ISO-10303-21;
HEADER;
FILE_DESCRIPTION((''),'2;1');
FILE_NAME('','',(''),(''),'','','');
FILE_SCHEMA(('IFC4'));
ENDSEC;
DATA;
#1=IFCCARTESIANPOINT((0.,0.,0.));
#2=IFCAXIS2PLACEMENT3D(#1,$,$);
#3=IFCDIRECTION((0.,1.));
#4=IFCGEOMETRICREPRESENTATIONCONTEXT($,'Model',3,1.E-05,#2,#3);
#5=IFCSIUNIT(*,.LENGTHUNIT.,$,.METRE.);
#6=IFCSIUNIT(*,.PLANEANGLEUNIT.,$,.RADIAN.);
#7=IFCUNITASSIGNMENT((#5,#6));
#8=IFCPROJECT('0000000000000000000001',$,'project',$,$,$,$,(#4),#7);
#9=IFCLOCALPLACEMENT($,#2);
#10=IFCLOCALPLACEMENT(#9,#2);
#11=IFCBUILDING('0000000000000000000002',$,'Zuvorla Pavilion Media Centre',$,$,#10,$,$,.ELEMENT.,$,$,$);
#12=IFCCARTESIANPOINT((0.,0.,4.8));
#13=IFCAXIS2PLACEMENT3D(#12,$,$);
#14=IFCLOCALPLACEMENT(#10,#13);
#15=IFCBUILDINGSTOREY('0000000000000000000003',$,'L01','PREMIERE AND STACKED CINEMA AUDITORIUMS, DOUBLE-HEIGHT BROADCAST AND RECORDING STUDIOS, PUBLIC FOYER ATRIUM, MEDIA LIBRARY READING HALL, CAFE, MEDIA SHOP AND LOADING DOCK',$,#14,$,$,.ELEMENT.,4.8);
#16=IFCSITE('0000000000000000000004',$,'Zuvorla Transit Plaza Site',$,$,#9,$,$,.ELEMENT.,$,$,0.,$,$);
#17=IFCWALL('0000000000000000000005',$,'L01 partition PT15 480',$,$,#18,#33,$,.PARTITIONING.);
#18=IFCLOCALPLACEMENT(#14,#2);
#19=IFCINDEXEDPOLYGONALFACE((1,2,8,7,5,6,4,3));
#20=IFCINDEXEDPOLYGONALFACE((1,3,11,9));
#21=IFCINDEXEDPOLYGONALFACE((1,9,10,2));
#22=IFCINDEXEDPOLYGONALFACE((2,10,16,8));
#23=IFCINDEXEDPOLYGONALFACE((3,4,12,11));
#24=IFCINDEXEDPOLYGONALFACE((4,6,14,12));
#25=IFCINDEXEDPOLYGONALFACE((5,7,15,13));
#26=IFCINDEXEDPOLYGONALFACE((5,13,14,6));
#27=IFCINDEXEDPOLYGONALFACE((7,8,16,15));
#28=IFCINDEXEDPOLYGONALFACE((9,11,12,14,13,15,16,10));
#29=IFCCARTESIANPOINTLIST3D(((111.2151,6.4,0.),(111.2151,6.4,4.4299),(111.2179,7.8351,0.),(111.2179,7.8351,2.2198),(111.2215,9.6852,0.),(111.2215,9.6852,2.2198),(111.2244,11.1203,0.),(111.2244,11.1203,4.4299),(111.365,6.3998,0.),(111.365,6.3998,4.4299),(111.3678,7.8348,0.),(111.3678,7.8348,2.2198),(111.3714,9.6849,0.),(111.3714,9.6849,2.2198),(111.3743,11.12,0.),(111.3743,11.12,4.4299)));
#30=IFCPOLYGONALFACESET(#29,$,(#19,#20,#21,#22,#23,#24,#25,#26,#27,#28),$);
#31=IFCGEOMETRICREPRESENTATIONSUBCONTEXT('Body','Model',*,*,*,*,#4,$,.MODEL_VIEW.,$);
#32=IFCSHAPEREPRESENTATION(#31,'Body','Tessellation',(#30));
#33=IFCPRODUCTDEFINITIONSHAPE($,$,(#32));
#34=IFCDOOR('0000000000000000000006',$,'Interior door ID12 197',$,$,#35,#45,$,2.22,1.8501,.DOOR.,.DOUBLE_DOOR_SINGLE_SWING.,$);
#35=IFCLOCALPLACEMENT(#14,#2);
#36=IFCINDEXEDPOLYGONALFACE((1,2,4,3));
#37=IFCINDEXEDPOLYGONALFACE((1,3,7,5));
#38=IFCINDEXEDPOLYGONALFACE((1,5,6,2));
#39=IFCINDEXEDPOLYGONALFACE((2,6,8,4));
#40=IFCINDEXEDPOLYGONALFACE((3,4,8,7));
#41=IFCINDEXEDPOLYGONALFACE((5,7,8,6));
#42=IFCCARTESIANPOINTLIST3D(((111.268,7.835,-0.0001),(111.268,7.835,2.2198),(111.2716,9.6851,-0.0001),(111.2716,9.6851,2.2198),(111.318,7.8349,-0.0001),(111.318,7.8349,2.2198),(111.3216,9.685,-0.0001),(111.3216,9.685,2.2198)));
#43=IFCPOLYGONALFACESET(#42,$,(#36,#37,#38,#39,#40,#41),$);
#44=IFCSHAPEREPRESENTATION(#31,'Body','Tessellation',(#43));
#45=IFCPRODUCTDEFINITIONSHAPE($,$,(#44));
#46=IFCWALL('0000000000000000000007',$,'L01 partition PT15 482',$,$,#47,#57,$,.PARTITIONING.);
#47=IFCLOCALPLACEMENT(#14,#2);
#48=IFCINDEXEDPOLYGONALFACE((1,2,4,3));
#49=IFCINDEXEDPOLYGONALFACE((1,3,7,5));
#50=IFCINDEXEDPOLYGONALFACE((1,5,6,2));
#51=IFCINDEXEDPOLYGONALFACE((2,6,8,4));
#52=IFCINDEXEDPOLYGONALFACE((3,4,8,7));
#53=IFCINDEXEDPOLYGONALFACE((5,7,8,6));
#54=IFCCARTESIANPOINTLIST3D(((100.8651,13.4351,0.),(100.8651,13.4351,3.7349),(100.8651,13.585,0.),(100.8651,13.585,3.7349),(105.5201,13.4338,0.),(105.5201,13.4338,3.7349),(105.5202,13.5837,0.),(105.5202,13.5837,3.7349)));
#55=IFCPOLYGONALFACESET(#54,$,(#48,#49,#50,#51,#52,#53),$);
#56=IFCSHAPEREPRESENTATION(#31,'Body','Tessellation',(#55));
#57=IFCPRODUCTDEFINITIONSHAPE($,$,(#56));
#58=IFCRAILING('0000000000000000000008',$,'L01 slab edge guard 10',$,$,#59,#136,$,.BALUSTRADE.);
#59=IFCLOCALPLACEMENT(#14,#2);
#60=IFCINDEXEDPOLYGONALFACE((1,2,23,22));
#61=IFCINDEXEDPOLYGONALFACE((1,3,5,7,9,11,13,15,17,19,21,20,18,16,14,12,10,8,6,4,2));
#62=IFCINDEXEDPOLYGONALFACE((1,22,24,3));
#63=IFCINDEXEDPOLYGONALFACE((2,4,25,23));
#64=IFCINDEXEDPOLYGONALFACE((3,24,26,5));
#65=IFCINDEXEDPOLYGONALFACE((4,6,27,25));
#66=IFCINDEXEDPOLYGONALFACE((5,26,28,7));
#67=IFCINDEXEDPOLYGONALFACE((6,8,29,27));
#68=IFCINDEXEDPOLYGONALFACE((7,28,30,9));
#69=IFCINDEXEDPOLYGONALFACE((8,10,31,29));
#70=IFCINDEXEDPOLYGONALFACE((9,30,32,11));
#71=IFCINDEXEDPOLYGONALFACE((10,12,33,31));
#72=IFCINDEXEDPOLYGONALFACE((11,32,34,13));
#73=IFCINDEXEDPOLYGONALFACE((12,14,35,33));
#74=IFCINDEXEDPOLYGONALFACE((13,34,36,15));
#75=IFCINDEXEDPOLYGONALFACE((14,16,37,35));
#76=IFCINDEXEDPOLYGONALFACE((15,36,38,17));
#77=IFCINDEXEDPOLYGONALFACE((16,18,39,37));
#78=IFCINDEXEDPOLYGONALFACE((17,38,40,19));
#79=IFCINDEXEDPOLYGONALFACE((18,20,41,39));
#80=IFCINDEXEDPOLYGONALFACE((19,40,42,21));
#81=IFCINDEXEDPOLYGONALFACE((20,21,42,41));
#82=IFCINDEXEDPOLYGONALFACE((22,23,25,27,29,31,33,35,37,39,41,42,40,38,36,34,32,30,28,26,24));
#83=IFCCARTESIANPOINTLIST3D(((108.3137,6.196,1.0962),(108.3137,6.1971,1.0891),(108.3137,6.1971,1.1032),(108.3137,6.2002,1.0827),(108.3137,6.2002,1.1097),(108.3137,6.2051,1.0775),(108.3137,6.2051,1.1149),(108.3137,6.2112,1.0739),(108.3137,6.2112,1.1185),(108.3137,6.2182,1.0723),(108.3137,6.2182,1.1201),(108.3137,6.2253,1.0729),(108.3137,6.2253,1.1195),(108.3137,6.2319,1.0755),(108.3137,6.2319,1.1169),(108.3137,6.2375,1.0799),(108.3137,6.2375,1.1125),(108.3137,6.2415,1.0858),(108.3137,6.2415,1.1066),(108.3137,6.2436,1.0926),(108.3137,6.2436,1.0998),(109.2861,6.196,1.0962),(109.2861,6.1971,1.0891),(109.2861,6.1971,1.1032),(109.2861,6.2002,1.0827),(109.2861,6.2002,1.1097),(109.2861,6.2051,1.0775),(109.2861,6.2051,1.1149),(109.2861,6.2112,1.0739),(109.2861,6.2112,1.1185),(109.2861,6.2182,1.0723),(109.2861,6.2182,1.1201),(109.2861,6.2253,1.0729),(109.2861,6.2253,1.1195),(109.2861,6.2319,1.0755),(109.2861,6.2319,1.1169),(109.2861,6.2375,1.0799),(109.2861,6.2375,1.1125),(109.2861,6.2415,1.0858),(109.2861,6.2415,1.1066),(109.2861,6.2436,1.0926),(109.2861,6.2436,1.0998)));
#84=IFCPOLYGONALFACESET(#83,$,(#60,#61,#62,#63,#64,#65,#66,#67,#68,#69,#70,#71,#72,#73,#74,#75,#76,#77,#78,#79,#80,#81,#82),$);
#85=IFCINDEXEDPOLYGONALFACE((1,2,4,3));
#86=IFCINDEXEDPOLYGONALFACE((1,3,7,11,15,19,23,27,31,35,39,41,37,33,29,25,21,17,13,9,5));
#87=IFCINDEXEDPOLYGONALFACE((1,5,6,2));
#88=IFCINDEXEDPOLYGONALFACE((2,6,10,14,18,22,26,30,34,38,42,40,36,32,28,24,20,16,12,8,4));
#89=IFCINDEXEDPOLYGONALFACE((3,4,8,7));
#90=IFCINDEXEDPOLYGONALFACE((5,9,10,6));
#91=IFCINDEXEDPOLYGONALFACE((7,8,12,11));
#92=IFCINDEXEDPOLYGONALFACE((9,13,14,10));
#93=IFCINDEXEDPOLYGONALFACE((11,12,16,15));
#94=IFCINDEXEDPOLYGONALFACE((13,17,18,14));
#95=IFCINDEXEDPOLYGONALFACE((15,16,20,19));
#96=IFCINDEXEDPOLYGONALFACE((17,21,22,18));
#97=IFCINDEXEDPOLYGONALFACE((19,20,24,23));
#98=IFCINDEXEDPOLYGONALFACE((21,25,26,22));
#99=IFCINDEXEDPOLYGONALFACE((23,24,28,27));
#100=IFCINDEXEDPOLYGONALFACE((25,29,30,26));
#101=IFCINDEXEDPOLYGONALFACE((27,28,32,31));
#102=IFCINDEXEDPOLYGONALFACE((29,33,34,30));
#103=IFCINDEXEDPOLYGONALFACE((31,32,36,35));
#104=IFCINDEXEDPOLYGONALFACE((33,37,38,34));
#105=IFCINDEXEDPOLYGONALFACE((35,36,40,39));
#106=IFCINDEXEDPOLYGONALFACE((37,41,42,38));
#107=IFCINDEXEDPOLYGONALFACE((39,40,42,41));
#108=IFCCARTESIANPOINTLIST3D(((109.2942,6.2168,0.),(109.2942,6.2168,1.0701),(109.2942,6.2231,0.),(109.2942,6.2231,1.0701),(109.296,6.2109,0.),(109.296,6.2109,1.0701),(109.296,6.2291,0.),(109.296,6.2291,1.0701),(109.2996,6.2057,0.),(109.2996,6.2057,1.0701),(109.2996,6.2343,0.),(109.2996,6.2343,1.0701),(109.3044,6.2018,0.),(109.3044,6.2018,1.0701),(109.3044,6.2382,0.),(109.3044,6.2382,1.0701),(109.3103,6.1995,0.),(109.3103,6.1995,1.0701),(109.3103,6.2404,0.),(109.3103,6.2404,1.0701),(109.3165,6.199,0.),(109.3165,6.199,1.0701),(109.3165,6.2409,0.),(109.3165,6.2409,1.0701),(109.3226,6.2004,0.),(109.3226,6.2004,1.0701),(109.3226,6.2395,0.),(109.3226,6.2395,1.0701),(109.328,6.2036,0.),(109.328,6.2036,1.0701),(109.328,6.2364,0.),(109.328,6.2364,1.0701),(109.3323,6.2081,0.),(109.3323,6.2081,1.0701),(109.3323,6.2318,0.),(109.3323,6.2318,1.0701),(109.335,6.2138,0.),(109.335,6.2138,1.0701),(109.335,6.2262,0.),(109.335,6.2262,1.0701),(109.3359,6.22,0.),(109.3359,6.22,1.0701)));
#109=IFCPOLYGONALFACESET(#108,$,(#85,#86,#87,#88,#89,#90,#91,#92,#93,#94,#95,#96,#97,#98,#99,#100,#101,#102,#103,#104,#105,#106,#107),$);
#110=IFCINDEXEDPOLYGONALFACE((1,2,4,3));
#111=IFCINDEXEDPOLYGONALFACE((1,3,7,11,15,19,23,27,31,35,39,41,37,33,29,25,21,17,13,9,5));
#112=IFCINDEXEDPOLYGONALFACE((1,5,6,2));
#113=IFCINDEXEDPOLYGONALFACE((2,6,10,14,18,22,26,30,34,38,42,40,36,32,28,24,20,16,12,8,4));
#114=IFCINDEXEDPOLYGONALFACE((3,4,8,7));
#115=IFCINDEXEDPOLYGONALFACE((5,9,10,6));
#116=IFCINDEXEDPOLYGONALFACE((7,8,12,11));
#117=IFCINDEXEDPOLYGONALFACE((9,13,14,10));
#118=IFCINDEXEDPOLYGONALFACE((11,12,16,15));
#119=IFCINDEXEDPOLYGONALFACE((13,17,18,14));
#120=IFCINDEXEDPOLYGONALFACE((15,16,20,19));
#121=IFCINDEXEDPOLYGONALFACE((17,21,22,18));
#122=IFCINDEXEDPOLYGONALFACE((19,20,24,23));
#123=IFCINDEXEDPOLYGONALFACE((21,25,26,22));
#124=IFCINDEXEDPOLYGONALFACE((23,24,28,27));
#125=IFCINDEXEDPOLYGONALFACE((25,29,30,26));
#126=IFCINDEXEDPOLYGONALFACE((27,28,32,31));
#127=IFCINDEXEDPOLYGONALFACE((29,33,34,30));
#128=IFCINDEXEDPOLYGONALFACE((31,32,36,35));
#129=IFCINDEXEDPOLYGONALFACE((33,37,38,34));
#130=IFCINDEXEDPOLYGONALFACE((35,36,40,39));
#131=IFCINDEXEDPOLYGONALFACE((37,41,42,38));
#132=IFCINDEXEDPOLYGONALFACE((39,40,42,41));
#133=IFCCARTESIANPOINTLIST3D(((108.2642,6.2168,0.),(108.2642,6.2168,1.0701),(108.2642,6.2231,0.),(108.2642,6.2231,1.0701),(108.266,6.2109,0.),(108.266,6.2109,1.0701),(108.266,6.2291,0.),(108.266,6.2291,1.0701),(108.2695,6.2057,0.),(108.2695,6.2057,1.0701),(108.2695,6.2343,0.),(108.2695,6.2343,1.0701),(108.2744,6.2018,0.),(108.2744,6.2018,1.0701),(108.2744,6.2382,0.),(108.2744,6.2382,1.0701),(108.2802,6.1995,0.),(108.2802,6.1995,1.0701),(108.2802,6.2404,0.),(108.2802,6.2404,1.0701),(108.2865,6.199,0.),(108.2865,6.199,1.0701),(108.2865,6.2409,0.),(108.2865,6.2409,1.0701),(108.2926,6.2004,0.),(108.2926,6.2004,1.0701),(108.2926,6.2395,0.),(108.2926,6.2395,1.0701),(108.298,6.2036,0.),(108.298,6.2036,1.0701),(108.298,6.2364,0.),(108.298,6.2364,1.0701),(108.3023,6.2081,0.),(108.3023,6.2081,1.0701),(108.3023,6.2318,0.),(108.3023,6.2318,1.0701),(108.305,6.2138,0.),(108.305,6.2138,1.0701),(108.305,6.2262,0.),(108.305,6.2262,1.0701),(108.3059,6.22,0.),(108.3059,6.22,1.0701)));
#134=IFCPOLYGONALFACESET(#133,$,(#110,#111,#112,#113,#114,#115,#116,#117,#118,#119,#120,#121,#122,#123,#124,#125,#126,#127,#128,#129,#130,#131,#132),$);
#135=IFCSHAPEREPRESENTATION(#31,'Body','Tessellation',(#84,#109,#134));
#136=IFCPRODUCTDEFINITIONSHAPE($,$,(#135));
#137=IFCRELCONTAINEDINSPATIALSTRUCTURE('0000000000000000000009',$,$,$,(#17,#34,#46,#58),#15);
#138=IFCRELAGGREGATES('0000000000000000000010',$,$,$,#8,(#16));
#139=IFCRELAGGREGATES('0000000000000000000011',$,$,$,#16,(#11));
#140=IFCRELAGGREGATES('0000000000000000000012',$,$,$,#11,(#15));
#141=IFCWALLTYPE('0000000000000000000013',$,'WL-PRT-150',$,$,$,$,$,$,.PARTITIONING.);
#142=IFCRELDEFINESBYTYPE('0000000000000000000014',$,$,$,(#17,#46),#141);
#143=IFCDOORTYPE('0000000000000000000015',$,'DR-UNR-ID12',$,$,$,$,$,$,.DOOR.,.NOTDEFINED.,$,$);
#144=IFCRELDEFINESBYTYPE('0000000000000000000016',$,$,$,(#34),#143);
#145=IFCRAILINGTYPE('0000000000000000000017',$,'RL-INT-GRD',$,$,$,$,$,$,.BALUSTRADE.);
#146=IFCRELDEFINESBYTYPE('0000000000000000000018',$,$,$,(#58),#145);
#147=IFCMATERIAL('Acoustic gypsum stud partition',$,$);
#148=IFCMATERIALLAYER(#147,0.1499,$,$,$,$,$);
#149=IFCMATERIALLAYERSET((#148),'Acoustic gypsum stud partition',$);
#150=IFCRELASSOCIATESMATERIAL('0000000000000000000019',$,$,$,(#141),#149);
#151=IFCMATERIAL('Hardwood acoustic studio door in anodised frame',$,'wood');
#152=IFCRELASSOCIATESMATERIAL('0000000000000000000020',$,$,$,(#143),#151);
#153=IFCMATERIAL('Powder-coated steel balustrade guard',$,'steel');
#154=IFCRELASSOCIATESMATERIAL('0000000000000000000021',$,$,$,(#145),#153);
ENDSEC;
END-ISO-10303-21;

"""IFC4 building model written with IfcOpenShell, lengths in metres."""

from ifc_helpers import new_model, si_unit, direction, frame, frame_2d, origin, origin_2d, place, context, subcontext, project, spatial, rectangle, circle, extrude, material, layer, layer_set, type_object, element, fill, save


model = new_model("IFC4")

# Units and contexts
model_context = context("Model", 3, precision=1e-05, world=origin(), true_north=direction((0.0, 1.0)))
body_context = subcontext(model_context, "Body", "Model", "MODEL_VIEW")
ifc_project = project(units=[si_unit("LENGTHUNIT", "METRE"), si_unit("PLANEANGLEUNIT", "RADIAN")], contexts=[model_context])

# Site, building, storey
site_placement = place(None, origin())
site = spatial("IfcSite", under=ifc_project, at=site_placement, Name="Zuvorla Transit Plaza Site", CompositionType="ELEMENT", RefElevation=0.0)
building_placement = place(site_placement, origin())
building = spatial("IfcBuilding", under=site, at=building_placement, Name="Zuvorla Pavilion Media Centre", CompositionType="ELEMENT")
storey_placement = place(building_placement, frame((0.0, 0.0, 4.8)))
storey = spatial("IfcBuildingStorey", under=building, at=storey_placement, Name="L01", Description="PREMIERE AND STACKED CINEMA AUDITORIUMS, DOUBLE-HEIGHT BROADCAST AND RECORDING STUDIOS, PUBLIC FOYER ATRIUM, MEDIA LIBRARY READING HALL, CAFE, MEDIA SHOP AND LOADING DOCK", CompositionType="ELEMENT", Elevation=4.8)

# Shared definitions
ifc_material_1 = material(Name="Hardwood acoustic studio door in anodised frame", Category="wood")

# Wall, opening, door
ifc_material_2 = material(Name="Acoustic gypsum stud partition")
ifc_layer_1 = layer(ifc_material_2, 0.1499)
ifc_layer_set_1 = layer_set([ifc_layer_1], Name="Acoustic gypsum stud partition")
wall_type_1 = type_object("IfcWallType", Name="WL-PRT-150", PredefinedType="PARTITIONING", material=ifc_layer_set_1)
wall_1_placement = place(storey_placement, frame((111.29, 6.3999, 0.0), z_axis=(0.0, 0.0, 1.0), x_axis=(0.001965, 0.999998, 0.0)))
wall_1 = element("IfcWall", 1, at=wall_1_placement, inside=storey, type_object=wall_type_1, Name="L01 partition PT15 480", PredefinedType="PARTITIONING", context=body_context, shape_type="SweptSolid", body=[
    extrude(rectangle(XDim=4.7202, YDim=0.1499, at=frame_2d((2.3601, 0.0))), origin(), (0.0, 0.0, 1.0), 4.4299),
])
opening_1_placement = place(wall_1_placement, frame((1.4351, 0.0, 0.0)))
opening_1 = element("IfcOpeningElement", 2, at=opening_1_placement, cuts=wall_1, PredefinedType="OPENING", context=body_context, shape_type="SweptSolid", body=[
    extrude(rectangle(XDim=1.8501, YDim=2.22, at=frame_2d((0.925, 1.1099))), frame((0.0, 0.085, 0.0), z_axis=(0.0, -1.0, 0.0), x_axis=(1.0, 0.0, 0.0)), (0.0, 0.0, 1.0), 0.1699),
])
door_type_1 = type_object("IfcDoorType", Name="DR-UNR-ID12", OperationType="NOTDEFINED", PredefinedType="DOOR", material=ifc_material_1)
door_1_placement = place(opening_1_placement, origin())
door_1 = element("IfcDoor", 3, at=door_1_placement, inside=storey, type_object=door_type_1, Name="Interior door ID12 197", OperationType="DOUBLE_DOOR_SINGLE_SWING", OverallHeight=2.22, OverallWidth=1.8501, PredefinedType="DOOR", context=body_context, shape_type="SweptSolid", body=[
    extrude(rectangle(XDim=1.8501, YDim=2.22, at=frame_2d((0.925, 1.1099))), frame((0.0, 0.0249, 0.0), z_axis=(0.0, -1.0, 0.0), x_axis=(1.0, 0.0, 0.0)), (0.0, 0.0, 1.0), 0.05),
])
fill(opening_1, door_1)

# Wall
wall_2_placement = place(storey_placement, frame((100.865, 13.51, 0.0), z_axis=(0.0, 0.0, 1.0), x_axis=(1.0, -0.000262, 0.0)))
element("IfcWall", 4, at=wall_2_placement, inside=storey, type_object=wall_type_1, Name="L01 partition PT15 482", PredefinedType="PARTITIONING", context=body_context, shape_type="SweptSolid", body=[
    extrude(rectangle(XDim=4.655, YDim=0.1499, at=frame_2d((2.3276, 0.0))), origin(), (0.0, 0.0, 1.0), 3.7349),
])

# Railing
ifc_material_3 = material(Name="Powder-coated steel balustrade guard", Category="steel")
railing_type = type_object("IfcRailingType", Name="RL-INT-GRD", PredefinedType="BALUSTRADE", material=ifc_material_3)
railing_1_placement = place(storey_placement, frame((109.3149, 6.22, 0.0)))
element("IfcRailing", 5, at=railing_1_placement, inside=storey, type_object=railing_type, Name="L01 slab edge guard 10", PredefinedType="BALUSTRADE", context=body_context, shape_type="SweptSolid", body=[
    extrude(circle(Radius=0.0239, at=origin_2d()), frame((-0.0288, 0.0, 1.0962), z_axis=(-1.0, 0.0, 0.0), x_axis=(0.0, -1.0, 0.0)), (0.0, 0.0, 1.0), 0.9724),
    extrude(circle(Radius=0.021, at=origin_2d()), origin(), (0.0, 0.0, 1.0), 1.0701),
    extrude(circle(Radius=0.021, at=origin_2d()), frame((-1.03, 0.0, 0.0)), (0.0, 0.0, 1.0), 1.0701),
])

save(model, "model.ifc")
